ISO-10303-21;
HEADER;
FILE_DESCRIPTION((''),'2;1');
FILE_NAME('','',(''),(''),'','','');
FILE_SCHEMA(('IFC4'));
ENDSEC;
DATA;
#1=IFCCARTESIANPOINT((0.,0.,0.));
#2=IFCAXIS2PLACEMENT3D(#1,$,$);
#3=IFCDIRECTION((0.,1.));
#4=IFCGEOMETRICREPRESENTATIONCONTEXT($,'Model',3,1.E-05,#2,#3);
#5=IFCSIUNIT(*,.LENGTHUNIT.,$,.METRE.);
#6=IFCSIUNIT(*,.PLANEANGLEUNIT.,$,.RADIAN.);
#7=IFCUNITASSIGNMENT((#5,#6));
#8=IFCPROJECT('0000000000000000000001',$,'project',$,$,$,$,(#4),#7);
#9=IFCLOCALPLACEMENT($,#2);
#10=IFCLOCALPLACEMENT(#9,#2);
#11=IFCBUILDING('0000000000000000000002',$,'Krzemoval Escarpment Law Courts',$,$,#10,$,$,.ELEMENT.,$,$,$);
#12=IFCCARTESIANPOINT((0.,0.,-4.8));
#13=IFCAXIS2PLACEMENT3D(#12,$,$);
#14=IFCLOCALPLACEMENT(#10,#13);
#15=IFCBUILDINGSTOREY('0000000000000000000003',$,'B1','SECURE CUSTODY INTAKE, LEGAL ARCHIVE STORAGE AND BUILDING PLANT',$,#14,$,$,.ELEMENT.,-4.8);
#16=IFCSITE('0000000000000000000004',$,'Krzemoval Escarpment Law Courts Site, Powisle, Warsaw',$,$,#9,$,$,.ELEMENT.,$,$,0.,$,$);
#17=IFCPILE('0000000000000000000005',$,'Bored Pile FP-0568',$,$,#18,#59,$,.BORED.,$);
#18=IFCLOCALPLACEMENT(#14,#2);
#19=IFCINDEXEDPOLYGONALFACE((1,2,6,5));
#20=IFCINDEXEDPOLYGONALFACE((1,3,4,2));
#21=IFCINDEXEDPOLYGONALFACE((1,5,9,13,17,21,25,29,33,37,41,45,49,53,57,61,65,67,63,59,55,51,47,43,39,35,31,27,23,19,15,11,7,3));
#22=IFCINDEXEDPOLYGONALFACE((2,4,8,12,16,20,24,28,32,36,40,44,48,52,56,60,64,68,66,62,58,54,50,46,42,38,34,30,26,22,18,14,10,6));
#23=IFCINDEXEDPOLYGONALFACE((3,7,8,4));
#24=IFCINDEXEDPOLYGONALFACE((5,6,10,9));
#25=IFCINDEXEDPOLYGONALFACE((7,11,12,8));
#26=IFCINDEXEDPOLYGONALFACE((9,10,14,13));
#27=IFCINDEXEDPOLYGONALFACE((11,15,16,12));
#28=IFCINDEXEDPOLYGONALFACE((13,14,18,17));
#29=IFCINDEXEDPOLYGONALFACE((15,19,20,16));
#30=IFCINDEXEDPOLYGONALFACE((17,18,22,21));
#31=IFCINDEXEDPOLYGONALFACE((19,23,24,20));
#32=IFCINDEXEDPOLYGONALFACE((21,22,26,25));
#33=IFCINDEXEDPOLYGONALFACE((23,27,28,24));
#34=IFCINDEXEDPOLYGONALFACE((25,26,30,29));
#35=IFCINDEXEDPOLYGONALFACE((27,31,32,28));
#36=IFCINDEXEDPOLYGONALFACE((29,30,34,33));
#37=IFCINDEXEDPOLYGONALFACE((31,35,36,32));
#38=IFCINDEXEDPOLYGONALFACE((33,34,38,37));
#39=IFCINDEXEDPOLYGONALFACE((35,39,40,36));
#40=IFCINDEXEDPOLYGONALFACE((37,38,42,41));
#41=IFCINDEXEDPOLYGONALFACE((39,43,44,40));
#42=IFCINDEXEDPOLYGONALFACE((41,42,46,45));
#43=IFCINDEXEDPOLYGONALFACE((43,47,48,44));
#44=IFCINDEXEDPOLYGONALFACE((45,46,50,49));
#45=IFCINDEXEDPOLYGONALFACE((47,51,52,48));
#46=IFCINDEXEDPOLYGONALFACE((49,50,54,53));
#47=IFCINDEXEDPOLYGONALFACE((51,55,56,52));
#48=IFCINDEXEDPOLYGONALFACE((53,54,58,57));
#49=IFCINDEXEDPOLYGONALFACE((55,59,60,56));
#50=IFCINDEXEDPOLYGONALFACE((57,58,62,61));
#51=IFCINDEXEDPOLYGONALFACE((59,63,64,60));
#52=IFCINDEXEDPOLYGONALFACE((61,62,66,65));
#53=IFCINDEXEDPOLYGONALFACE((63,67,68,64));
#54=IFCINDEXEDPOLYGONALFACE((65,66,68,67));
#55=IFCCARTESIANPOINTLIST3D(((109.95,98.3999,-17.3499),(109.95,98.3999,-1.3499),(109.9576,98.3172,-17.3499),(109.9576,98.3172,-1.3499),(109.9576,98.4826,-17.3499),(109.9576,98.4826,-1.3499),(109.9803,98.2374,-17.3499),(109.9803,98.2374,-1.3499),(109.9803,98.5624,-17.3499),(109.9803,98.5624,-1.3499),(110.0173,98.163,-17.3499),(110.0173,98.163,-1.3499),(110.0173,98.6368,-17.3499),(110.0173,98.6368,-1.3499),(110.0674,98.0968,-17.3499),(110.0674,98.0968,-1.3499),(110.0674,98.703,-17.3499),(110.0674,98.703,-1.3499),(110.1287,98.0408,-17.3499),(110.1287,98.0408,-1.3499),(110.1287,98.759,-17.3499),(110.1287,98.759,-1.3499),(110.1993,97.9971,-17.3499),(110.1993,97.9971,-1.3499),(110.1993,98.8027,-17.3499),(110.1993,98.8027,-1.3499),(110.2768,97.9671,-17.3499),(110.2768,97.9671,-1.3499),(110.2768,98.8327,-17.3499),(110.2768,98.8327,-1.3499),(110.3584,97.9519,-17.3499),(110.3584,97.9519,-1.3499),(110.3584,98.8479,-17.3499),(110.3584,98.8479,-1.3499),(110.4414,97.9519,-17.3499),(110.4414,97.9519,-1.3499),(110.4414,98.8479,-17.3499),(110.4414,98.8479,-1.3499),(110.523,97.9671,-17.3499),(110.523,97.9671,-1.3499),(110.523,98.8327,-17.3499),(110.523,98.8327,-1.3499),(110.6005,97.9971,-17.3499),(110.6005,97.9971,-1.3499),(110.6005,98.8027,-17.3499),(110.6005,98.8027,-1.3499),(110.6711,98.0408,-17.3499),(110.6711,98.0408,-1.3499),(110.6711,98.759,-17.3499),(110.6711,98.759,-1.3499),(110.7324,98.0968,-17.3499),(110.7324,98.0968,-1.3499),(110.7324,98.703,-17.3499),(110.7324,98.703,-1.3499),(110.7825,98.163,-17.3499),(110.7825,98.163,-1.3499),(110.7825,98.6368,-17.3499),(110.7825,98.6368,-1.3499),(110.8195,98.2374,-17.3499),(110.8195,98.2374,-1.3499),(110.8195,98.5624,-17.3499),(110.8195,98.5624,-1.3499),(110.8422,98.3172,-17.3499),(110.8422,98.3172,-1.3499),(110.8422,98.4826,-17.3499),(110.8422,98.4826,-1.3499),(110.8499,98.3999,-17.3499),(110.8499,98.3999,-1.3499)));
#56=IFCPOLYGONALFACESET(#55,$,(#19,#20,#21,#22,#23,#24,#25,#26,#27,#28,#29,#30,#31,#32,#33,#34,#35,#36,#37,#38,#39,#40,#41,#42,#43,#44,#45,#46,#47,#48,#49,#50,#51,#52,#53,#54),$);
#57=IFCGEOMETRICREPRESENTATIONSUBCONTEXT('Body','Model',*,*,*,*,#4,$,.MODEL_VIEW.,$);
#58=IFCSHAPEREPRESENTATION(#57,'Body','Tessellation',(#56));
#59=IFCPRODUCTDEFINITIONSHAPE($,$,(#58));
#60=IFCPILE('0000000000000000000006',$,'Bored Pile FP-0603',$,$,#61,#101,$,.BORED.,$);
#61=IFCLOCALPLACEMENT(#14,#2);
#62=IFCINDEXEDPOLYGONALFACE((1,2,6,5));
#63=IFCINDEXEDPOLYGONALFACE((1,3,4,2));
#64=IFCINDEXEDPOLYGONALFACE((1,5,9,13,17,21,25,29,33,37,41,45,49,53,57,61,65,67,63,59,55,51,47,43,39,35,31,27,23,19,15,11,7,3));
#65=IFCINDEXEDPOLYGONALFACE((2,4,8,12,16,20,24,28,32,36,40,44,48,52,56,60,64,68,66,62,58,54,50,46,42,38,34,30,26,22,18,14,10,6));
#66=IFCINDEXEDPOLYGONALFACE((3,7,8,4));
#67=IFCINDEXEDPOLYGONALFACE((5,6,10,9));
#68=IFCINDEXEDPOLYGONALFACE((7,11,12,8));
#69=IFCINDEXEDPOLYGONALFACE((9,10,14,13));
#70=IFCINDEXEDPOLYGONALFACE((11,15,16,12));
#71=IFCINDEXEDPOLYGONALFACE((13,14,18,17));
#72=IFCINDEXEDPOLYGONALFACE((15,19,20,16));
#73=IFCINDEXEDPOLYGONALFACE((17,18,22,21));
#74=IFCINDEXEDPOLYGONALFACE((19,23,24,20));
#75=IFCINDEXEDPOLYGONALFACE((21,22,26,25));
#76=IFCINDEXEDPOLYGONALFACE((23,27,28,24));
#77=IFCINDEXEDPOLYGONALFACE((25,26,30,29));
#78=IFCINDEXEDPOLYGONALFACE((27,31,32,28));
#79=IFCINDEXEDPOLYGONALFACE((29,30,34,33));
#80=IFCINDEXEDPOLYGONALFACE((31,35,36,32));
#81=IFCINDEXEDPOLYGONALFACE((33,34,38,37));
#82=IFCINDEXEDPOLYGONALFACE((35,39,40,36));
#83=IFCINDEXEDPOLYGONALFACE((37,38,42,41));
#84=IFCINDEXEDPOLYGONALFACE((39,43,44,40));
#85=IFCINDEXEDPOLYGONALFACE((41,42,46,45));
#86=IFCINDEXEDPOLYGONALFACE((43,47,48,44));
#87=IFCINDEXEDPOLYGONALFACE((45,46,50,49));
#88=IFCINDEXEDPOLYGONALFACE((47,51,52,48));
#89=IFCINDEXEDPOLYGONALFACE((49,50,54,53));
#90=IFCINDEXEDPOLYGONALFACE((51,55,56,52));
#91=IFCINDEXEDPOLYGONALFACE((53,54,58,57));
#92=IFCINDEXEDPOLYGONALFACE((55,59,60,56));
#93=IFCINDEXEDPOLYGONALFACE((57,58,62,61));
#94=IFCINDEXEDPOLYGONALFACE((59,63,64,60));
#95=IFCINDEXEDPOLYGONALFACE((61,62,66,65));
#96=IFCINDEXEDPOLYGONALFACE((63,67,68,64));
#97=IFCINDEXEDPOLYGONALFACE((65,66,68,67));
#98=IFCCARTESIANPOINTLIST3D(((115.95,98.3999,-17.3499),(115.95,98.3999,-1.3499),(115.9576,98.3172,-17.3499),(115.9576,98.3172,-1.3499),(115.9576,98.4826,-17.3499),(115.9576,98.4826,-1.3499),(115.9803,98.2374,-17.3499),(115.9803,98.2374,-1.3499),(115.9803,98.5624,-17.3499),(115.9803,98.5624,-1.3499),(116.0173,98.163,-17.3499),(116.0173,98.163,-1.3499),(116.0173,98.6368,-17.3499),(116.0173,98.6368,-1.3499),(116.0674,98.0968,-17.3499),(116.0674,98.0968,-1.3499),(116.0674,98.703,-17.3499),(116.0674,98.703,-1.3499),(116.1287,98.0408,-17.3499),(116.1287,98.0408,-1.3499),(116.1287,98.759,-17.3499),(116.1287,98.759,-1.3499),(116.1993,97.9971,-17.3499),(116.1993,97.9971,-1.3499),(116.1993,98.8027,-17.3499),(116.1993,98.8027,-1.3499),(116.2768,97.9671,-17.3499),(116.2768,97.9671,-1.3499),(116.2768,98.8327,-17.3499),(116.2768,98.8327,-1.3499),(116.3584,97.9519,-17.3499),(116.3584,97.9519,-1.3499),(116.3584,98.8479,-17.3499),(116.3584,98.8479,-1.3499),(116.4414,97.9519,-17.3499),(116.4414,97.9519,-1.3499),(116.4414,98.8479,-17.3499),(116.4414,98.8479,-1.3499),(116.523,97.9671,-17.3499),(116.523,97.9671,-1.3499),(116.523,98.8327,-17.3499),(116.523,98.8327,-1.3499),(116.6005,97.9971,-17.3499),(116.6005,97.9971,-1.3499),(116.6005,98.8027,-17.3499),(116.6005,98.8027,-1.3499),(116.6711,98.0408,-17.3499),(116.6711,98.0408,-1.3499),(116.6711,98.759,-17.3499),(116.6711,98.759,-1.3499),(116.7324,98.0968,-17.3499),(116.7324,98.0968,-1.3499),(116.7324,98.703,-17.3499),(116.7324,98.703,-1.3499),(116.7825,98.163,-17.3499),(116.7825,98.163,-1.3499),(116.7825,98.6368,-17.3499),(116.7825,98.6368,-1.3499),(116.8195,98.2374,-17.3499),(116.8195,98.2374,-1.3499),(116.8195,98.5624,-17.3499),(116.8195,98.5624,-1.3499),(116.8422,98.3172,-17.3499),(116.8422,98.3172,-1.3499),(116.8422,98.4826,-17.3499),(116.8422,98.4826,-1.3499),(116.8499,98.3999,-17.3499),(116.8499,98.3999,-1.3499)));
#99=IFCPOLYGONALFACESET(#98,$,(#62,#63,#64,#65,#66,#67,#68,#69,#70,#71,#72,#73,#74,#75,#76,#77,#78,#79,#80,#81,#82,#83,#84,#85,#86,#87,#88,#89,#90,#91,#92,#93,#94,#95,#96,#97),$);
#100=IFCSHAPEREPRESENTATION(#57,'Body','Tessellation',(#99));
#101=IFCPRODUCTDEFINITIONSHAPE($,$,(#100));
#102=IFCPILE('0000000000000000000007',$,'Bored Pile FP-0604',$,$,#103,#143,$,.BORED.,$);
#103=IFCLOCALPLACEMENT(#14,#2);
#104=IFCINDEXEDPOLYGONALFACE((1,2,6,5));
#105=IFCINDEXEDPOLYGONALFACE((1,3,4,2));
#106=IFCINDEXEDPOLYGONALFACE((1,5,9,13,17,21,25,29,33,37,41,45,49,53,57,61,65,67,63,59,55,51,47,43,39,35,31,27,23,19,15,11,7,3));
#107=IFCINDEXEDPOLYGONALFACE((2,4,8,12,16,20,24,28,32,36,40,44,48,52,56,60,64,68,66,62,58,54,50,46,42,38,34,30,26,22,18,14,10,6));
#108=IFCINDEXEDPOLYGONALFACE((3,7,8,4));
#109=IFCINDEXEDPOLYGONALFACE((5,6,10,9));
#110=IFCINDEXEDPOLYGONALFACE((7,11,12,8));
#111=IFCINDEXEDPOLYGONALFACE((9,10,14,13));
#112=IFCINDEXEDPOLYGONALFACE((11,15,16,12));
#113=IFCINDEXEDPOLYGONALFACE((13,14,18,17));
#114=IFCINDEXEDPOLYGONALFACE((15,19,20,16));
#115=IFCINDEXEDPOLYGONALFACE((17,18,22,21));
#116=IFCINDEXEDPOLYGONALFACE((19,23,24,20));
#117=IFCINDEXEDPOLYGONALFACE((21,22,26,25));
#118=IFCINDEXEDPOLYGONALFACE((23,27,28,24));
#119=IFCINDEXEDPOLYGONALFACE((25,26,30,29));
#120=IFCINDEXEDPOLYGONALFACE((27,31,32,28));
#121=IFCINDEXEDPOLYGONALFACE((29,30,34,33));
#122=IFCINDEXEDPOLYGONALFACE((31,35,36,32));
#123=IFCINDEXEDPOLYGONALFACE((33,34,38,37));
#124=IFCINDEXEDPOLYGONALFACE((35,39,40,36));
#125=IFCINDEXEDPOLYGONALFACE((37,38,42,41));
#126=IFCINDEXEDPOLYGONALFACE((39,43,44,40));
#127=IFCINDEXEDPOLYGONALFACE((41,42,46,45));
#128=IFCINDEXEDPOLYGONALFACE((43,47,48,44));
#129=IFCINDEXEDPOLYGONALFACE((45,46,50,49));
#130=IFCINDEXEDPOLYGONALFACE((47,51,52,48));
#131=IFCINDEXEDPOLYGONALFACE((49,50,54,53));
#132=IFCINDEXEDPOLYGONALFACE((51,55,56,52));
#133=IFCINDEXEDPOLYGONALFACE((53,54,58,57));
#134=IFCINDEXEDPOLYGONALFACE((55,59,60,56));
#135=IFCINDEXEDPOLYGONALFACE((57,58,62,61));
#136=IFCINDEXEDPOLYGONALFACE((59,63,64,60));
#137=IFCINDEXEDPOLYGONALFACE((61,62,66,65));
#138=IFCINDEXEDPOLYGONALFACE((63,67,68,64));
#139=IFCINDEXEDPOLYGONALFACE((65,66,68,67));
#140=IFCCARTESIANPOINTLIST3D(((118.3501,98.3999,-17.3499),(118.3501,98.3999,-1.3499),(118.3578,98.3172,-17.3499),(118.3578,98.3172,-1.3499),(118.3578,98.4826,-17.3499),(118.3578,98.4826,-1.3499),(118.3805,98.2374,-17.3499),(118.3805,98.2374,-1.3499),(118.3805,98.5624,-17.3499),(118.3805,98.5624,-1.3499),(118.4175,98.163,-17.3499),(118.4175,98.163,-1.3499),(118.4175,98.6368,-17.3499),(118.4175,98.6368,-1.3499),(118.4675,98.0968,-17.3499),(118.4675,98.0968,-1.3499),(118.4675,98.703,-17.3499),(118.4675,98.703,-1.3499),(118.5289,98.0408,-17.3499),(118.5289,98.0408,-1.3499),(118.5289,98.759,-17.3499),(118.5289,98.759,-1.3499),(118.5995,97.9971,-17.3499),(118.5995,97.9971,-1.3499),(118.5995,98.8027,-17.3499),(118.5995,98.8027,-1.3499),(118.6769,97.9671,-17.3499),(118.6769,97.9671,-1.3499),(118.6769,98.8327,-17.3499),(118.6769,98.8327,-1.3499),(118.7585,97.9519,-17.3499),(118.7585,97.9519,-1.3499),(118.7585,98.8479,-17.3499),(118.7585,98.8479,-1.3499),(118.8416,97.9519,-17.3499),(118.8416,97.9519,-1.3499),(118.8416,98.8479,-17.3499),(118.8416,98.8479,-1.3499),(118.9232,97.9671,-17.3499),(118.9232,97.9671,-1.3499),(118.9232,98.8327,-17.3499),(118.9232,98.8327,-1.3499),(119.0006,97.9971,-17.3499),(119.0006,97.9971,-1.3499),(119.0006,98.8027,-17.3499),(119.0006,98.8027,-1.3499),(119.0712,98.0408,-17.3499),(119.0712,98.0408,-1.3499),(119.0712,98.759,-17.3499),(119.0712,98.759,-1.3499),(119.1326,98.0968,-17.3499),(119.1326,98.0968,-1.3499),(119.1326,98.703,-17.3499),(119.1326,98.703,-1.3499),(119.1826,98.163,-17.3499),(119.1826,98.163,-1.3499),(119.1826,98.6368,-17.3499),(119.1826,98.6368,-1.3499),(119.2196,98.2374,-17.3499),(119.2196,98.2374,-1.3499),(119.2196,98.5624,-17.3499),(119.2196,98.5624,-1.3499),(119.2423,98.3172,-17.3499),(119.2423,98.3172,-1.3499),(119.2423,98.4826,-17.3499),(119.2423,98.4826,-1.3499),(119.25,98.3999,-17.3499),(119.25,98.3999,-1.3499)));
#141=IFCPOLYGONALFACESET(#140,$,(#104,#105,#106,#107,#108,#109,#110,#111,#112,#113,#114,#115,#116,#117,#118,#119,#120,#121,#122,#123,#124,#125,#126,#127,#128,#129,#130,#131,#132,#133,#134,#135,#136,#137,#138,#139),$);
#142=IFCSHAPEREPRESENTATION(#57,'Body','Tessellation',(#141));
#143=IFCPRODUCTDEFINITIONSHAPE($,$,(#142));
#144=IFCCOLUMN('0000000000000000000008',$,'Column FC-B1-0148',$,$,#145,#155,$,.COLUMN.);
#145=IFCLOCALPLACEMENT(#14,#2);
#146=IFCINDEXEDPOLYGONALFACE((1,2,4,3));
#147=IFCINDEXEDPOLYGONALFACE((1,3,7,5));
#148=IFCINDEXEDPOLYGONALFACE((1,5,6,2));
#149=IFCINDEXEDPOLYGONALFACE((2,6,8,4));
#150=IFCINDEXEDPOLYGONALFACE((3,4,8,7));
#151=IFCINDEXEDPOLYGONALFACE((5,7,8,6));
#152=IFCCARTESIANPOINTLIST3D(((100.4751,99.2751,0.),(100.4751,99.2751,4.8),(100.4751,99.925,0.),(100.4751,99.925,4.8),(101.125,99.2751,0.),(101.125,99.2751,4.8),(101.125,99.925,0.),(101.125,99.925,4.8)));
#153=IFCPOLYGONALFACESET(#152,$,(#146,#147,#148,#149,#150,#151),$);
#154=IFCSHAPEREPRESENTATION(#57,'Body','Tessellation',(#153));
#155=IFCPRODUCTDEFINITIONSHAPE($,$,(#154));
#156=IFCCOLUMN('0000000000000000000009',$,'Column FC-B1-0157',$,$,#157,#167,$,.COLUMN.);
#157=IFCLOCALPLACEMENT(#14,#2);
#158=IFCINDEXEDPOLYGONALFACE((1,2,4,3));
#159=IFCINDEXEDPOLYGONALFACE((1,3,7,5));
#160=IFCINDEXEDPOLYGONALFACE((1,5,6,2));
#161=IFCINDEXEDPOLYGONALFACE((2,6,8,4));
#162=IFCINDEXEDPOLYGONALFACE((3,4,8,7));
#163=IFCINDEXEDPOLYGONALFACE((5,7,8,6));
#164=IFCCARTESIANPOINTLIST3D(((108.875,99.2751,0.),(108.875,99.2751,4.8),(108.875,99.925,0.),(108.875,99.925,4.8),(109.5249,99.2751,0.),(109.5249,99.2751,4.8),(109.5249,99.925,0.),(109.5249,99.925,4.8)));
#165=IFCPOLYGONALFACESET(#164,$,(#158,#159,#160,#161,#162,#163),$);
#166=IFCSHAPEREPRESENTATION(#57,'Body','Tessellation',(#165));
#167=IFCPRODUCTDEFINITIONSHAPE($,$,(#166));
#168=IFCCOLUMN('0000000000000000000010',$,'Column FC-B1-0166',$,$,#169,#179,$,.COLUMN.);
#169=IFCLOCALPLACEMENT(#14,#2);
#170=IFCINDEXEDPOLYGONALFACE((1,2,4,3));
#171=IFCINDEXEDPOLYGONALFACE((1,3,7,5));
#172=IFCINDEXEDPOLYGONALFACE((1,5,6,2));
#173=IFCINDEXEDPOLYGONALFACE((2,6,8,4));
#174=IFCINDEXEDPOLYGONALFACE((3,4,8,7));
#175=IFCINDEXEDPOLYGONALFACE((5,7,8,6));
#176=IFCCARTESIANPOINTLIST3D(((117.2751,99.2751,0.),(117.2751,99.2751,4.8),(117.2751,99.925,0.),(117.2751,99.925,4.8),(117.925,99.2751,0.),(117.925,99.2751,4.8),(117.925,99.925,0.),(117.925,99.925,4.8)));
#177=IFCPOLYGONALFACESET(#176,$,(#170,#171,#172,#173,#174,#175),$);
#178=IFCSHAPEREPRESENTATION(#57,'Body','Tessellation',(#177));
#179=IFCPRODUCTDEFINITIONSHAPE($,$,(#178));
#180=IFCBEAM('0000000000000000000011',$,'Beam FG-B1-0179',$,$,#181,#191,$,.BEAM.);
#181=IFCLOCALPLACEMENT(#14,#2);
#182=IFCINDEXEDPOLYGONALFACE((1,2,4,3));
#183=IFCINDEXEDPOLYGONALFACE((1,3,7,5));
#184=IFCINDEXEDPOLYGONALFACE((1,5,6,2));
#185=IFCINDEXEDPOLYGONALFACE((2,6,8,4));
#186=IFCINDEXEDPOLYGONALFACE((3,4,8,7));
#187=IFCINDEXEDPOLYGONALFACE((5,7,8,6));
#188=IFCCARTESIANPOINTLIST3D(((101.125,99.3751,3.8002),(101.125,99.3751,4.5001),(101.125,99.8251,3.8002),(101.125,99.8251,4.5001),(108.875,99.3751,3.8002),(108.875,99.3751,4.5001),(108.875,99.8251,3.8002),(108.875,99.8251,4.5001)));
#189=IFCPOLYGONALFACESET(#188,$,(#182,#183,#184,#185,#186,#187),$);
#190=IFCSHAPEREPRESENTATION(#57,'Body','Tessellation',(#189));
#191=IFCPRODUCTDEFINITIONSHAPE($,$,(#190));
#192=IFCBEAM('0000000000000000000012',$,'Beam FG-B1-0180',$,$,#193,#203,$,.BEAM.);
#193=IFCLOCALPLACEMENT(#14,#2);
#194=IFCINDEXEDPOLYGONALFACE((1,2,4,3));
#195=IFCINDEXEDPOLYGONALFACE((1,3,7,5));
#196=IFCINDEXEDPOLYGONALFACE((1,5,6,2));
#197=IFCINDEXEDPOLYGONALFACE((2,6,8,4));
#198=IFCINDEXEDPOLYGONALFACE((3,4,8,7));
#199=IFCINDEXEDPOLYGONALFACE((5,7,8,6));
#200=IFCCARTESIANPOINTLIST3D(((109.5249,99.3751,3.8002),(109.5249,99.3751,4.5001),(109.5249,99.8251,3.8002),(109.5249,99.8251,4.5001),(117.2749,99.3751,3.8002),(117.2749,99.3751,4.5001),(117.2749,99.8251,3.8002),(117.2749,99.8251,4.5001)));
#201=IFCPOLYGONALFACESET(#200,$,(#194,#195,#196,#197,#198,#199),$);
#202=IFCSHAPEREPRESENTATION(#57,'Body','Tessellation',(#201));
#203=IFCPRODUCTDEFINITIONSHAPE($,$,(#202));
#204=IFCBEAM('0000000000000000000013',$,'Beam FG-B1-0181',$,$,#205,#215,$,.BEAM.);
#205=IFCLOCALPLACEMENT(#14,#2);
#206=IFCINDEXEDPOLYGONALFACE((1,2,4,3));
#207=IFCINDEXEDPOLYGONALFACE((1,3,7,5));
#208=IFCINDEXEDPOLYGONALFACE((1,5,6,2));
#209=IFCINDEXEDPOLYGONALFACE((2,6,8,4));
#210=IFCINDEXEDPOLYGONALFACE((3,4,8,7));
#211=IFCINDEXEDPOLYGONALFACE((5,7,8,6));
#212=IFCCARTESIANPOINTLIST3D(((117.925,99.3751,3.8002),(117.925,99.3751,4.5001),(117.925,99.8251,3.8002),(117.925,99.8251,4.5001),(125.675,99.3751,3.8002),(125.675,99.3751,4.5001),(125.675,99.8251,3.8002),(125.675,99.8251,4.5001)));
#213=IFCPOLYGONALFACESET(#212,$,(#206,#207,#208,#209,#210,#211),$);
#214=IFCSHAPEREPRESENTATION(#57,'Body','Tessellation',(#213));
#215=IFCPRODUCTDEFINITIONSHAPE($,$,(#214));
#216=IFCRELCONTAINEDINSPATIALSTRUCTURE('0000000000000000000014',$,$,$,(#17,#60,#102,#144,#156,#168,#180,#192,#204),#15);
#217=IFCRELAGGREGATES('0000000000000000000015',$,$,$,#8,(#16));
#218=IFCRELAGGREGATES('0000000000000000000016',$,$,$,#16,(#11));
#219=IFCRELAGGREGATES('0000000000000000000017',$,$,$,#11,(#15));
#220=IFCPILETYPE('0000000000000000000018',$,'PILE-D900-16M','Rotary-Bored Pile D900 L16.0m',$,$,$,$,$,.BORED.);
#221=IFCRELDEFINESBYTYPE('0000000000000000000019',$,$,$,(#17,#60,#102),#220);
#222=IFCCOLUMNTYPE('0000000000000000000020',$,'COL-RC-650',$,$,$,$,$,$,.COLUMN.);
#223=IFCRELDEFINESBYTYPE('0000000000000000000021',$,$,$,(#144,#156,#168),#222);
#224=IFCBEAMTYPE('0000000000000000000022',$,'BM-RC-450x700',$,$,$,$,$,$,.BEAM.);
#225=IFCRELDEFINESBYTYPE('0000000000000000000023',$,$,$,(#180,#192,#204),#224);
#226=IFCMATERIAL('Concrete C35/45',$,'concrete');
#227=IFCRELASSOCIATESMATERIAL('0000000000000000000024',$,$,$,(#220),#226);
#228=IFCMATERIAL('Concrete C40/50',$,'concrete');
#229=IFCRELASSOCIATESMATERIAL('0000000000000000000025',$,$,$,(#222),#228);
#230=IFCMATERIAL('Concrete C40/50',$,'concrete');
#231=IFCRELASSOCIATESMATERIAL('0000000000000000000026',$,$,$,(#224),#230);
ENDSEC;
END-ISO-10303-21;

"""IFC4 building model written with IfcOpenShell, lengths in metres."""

from ifc_helpers import new_model, si_unit, direction, frame, origin, origin_2d, place, context, subcontext, project, spatial, rectangle, circle, extrude, material, material_profile, profile_set, type_object, element, save


model = new_model("IFC4")

# Units and contexts
model_context = context("Model", 3, precision=1e-05, world=origin(), true_north=direction((0.0, 1.0)))
body_context = subcontext(model_context, "Body", "Model", "MODEL_VIEW")
ifc_project = project(units=[si_unit("LENGTHUNIT", "METRE"), si_unit("PLANEANGLEUNIT", "RADIAN")], contexts=[model_context])

# Site, building, storey
site_placement = place(None, origin())
site = spatial("IfcSite", under=ifc_project, at=site_placement, Name="Krzemoval Escarpment Law Courts Site, Powisle, Warsaw", CompositionType="ELEMENT", RefElevation=0.0)
building_placement = place(site_placement, origin())
building = spatial("IfcBuilding", under=site, at=building_placement, Name="Krzemoval Escarpment Law Courts", CompositionType="ELEMENT")
storey_placement = place(building_placement, frame((0.0, 0.0, -4.8)))
storey = spatial("IfcBuildingStorey", under=building, at=storey_placement, Name="B1", Description="SECURE CUSTODY INTAKE, LEGAL ARCHIVE STORAGE AND BUILDING PLANT", CompositionType="ELEMENT", Elevation=-4.8)

# Piles
ifc_material_1 = material(Name="Concrete C35/45", Category="concrete")
ifc_material_profile_1 = material_profile(ifc_material_1, circle(Radius=0.45, at=origin_2d()), Name="PILE D900")
ifc_profile_set_1 = profile_set([ifc_material_profile_1], Name="Concrete C35/45")
pile_type_1 = type_object("IfcPileType", Name="PILE-D900-16M", Description="Rotary-Bored Pile D900 L16.0m", PredefinedType="BORED", material=ifc_profile_set_1)
for number, where, z_axis, x_axis, name in (
    (1, (110.3999, 98.3999, -1.3499), (0.0, 0.0, -1.0), (1.0, 0.0, 0.0), "Bored Pile FP-0568"),
    (2, (116.3999, 98.3999, -1.3499), (0.0, 0.0, -1.0), (1.0, 0.0, 0.0), "Bored Pile FP-0603"),
    (3, (118.8, 98.3999, -1.3499), (0.0, 0.0, -1.0), (1.0, 0.0, 0.0), "Bored Pile FP-0604"),
):
    element("IfcPile", number, at=place(storey_placement, frame(where, z_axis=z_axis, x_axis=x_axis)), inside=storey, type_object=pile_type_1, Name=name, PredefinedType="BORED", context=body_context, shape_type="SweptSolid", body=[
        extrude(circle(Radius=0.45, at=origin_2d()), origin(), (0.0, 0.0, 1.0), 16.0),
    ])

# Columns
ifc_material_2 = material(Name="Concrete C40/50", Category="concrete")
ifc_material_profile_2 = material_profile(ifc_material_2, rectangle(XDim=0.6499, YDim=0.6499, at=origin_2d()), Name="RC 650x650")
ifc_profile_set_2 = profile_set([ifc_material_profile_2], Name="Concrete C40/50")
column_type = type_object("IfcColumnType", Name="COL-RC-650", PredefinedType="COLUMN", material=ifc_profile_set_2)
for number, where, z_axis, x_axis, name in (
    (4, (100.8, 99.6001, 0.0), (0.0, 0.0, 1.0), (1.0, 0.0, 0.0), "Column FC-B1-0148"),
    (5, (109.2, 99.6001, 0.0), (0.0, 0.0, 1.0), (1.0, 0.0, 0.0), "Column FC-B1-0157"),
    (6, (117.6001, 99.6001, 0.0), (0.0, 0.0, 1.0), (1.0, 0.0, 0.0), "Column FC-B1-0166"),
):
    element("IfcColumn", number, at=place(storey_placement, frame(where, z_axis=z_axis, x_axis=x_axis)), inside=storey, type_object=column_type, Name=name, PredefinedType="COLUMN", context=body_context, shape_type="SweptSolid", body=[
        extrude(rectangle(XDim=0.6499, YDim=0.6499, at=origin_2d()), origin(), (0.0, 0.0, 1.0), 4.8),
    ])

# Beams
ifc_material_3 = material(Name="Concrete C40/50", Category="concrete")
ifc_material_profile_3 = material_profile(ifc_material_3, rectangle(XDim=0.45, YDim=0.7, at=origin_2d()), Name="RCB 450x700")
ifc_profile_set_3 = profile_set([ifc_material_profile_3], Name="Concrete C40/50")
beam_type_1 = type_object("IfcBeamType", Name="BM-RC-450x700", PredefinedType="BEAM", material=ifc_profile_set_3)
for number, where, z_axis, x_axis, name in (
    (7, (101.125, 99.6001, 4.1501), (1.0, 0.0, 0.0), (0.0, 1.0, 0.0), "Beam FG-B1-0179"),
    (8, (109.5249, 99.6001, 4.1501), (1.0, 0.0, 0.0), (0.0, 1.0, 0.0), "Beam FG-B1-0180"),
    (9, (117.925, 99.6001, 4.1501), (1.0, 0.0, 0.0), (0.0, 1.0, 0.0), "Beam FG-B1-0181"),
):
    element("IfcBeam", number, at=place(storey_placement, frame(where, z_axis=z_axis, x_axis=x_axis)), inside=storey, type_object=beam_type_1, Name=name, PredefinedType="BEAM", context=body_context, shape_type="SweptSolid", body=[
        extrude(rectangle(XDim=0.45, YDim=0.7, at=origin_2d()), origin(), (0.0, 0.0, 1.0), 7.75),
    ])

save(model, "model.ifc")
